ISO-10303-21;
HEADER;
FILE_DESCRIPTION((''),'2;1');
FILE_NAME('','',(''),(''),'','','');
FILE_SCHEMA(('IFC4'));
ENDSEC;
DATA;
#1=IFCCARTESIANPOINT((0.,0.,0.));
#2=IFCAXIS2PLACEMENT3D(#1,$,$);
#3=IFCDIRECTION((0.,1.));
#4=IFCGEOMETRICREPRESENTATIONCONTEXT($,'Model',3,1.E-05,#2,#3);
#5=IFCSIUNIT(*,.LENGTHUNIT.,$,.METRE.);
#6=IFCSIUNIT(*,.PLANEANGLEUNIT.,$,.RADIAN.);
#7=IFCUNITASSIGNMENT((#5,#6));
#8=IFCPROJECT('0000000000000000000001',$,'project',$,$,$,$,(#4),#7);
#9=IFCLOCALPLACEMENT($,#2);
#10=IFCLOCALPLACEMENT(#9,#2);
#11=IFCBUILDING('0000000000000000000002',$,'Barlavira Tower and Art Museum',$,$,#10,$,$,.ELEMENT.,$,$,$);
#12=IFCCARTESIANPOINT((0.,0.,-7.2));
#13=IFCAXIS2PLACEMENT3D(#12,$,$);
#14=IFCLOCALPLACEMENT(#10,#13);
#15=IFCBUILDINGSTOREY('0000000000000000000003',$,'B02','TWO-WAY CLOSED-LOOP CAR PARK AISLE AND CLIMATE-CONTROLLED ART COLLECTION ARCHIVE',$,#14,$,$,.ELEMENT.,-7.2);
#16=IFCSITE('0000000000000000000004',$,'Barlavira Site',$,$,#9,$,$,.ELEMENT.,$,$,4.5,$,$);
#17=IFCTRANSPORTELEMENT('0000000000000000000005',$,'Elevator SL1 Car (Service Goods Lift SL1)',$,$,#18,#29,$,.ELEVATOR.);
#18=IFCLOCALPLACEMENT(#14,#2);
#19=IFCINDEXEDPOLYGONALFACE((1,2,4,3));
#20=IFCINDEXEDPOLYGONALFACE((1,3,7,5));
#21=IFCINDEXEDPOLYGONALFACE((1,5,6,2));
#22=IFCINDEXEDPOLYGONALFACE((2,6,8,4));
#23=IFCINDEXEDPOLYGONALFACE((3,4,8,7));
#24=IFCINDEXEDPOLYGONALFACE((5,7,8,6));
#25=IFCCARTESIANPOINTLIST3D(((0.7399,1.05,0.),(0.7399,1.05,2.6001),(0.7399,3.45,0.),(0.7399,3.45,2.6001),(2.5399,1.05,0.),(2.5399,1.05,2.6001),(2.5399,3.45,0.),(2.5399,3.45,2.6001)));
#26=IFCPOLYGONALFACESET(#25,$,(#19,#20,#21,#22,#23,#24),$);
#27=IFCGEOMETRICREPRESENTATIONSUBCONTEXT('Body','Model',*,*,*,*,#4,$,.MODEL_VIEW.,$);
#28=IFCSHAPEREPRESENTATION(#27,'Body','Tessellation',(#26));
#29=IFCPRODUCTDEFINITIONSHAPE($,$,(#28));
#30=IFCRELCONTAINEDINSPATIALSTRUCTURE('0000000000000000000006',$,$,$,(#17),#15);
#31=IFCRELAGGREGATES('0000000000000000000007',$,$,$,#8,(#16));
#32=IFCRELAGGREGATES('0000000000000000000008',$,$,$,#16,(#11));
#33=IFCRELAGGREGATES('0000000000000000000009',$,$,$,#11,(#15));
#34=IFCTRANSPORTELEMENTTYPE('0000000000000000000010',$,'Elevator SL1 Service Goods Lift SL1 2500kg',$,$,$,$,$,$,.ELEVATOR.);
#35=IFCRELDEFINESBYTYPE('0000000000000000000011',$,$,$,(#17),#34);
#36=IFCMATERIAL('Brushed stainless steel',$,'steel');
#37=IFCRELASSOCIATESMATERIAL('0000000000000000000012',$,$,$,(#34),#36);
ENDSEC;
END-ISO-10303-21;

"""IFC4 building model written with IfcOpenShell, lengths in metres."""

from ifc_helpers import new_model, si_unit, direction, frame, origin, origin_2d, place, context, subcontext, project, spatial, rectangle, extrude, material, type_object, element, save


model = new_model("IFC4")

# Units and contexts
model_context = context("Model", 3, precision=1e-05, world=origin(), true_north=direction((0.0, 1.0)))
body_context = subcontext(model_context, "Body", "Model", "MODEL_VIEW")
ifc_project = project(units=[si_unit("LENGTHUNIT", "METRE"), si_unit("PLANEANGLEUNIT", "RADIAN")], contexts=[model_context])

# Site, building, storey
site_placement = place(None, origin())
site = spatial("IfcSite", under=ifc_project, at=site_placement, Name="Barlavira Site", CompositionType="ELEMENT", RefElevation=4.5)
building_placement = place(site_placement, origin())
building = spatial("IfcBuilding", under=site, at=building_placement, Name="Barlavira Tower and Art Museum", CompositionType="ELEMENT")
storey_placement = place(building_placement, frame((0.0, 0.0, -7.2)))
storey = spatial("IfcBuildingStorey", under=building, at=storey_placement, Name="B02", Description="TWO-WAY CLOSED-LOOP CAR PARK AISLE AND CLIMATE-CONTROLLED ART COLLECTION ARCHIVE", CompositionType="ELEMENT", Elevation=-7.2)

# Shared definitions
ifc_material_1 = material(Name="Brushed stainless steel", Category="steel")

# Transport element
transport_element_type_1 = type_object("IfcTransportElementType", Name="Elevator SL1 Service Goods Lift SL1 2500kg", PredefinedType="ELEVATOR", material=ifc_material_1)
transport_element_1_placement = place(storey_placement, frame((1.6399, 2.25, 0.0), z_axis=(0.0, 0.0, 1.0), x_axis=(1.0, 0.0, 0.0)))
element("IfcTransportElement", 1, at=transport_element_1_placement, inside=storey, type_object=transport_element_type_1, Name="Elevator SL1 Car (Service Goods Lift SL1)", PredefinedType="ELEVATOR", context=body_context, shape_type="SweptSolid", body=[
    extrude(rectangle(XDim=1.8, YDim=2.3999, at=origin_2d()), origin(), (0.0, 0.0, 1.0), 2.6001),
])

save(model, "model.ifc")
